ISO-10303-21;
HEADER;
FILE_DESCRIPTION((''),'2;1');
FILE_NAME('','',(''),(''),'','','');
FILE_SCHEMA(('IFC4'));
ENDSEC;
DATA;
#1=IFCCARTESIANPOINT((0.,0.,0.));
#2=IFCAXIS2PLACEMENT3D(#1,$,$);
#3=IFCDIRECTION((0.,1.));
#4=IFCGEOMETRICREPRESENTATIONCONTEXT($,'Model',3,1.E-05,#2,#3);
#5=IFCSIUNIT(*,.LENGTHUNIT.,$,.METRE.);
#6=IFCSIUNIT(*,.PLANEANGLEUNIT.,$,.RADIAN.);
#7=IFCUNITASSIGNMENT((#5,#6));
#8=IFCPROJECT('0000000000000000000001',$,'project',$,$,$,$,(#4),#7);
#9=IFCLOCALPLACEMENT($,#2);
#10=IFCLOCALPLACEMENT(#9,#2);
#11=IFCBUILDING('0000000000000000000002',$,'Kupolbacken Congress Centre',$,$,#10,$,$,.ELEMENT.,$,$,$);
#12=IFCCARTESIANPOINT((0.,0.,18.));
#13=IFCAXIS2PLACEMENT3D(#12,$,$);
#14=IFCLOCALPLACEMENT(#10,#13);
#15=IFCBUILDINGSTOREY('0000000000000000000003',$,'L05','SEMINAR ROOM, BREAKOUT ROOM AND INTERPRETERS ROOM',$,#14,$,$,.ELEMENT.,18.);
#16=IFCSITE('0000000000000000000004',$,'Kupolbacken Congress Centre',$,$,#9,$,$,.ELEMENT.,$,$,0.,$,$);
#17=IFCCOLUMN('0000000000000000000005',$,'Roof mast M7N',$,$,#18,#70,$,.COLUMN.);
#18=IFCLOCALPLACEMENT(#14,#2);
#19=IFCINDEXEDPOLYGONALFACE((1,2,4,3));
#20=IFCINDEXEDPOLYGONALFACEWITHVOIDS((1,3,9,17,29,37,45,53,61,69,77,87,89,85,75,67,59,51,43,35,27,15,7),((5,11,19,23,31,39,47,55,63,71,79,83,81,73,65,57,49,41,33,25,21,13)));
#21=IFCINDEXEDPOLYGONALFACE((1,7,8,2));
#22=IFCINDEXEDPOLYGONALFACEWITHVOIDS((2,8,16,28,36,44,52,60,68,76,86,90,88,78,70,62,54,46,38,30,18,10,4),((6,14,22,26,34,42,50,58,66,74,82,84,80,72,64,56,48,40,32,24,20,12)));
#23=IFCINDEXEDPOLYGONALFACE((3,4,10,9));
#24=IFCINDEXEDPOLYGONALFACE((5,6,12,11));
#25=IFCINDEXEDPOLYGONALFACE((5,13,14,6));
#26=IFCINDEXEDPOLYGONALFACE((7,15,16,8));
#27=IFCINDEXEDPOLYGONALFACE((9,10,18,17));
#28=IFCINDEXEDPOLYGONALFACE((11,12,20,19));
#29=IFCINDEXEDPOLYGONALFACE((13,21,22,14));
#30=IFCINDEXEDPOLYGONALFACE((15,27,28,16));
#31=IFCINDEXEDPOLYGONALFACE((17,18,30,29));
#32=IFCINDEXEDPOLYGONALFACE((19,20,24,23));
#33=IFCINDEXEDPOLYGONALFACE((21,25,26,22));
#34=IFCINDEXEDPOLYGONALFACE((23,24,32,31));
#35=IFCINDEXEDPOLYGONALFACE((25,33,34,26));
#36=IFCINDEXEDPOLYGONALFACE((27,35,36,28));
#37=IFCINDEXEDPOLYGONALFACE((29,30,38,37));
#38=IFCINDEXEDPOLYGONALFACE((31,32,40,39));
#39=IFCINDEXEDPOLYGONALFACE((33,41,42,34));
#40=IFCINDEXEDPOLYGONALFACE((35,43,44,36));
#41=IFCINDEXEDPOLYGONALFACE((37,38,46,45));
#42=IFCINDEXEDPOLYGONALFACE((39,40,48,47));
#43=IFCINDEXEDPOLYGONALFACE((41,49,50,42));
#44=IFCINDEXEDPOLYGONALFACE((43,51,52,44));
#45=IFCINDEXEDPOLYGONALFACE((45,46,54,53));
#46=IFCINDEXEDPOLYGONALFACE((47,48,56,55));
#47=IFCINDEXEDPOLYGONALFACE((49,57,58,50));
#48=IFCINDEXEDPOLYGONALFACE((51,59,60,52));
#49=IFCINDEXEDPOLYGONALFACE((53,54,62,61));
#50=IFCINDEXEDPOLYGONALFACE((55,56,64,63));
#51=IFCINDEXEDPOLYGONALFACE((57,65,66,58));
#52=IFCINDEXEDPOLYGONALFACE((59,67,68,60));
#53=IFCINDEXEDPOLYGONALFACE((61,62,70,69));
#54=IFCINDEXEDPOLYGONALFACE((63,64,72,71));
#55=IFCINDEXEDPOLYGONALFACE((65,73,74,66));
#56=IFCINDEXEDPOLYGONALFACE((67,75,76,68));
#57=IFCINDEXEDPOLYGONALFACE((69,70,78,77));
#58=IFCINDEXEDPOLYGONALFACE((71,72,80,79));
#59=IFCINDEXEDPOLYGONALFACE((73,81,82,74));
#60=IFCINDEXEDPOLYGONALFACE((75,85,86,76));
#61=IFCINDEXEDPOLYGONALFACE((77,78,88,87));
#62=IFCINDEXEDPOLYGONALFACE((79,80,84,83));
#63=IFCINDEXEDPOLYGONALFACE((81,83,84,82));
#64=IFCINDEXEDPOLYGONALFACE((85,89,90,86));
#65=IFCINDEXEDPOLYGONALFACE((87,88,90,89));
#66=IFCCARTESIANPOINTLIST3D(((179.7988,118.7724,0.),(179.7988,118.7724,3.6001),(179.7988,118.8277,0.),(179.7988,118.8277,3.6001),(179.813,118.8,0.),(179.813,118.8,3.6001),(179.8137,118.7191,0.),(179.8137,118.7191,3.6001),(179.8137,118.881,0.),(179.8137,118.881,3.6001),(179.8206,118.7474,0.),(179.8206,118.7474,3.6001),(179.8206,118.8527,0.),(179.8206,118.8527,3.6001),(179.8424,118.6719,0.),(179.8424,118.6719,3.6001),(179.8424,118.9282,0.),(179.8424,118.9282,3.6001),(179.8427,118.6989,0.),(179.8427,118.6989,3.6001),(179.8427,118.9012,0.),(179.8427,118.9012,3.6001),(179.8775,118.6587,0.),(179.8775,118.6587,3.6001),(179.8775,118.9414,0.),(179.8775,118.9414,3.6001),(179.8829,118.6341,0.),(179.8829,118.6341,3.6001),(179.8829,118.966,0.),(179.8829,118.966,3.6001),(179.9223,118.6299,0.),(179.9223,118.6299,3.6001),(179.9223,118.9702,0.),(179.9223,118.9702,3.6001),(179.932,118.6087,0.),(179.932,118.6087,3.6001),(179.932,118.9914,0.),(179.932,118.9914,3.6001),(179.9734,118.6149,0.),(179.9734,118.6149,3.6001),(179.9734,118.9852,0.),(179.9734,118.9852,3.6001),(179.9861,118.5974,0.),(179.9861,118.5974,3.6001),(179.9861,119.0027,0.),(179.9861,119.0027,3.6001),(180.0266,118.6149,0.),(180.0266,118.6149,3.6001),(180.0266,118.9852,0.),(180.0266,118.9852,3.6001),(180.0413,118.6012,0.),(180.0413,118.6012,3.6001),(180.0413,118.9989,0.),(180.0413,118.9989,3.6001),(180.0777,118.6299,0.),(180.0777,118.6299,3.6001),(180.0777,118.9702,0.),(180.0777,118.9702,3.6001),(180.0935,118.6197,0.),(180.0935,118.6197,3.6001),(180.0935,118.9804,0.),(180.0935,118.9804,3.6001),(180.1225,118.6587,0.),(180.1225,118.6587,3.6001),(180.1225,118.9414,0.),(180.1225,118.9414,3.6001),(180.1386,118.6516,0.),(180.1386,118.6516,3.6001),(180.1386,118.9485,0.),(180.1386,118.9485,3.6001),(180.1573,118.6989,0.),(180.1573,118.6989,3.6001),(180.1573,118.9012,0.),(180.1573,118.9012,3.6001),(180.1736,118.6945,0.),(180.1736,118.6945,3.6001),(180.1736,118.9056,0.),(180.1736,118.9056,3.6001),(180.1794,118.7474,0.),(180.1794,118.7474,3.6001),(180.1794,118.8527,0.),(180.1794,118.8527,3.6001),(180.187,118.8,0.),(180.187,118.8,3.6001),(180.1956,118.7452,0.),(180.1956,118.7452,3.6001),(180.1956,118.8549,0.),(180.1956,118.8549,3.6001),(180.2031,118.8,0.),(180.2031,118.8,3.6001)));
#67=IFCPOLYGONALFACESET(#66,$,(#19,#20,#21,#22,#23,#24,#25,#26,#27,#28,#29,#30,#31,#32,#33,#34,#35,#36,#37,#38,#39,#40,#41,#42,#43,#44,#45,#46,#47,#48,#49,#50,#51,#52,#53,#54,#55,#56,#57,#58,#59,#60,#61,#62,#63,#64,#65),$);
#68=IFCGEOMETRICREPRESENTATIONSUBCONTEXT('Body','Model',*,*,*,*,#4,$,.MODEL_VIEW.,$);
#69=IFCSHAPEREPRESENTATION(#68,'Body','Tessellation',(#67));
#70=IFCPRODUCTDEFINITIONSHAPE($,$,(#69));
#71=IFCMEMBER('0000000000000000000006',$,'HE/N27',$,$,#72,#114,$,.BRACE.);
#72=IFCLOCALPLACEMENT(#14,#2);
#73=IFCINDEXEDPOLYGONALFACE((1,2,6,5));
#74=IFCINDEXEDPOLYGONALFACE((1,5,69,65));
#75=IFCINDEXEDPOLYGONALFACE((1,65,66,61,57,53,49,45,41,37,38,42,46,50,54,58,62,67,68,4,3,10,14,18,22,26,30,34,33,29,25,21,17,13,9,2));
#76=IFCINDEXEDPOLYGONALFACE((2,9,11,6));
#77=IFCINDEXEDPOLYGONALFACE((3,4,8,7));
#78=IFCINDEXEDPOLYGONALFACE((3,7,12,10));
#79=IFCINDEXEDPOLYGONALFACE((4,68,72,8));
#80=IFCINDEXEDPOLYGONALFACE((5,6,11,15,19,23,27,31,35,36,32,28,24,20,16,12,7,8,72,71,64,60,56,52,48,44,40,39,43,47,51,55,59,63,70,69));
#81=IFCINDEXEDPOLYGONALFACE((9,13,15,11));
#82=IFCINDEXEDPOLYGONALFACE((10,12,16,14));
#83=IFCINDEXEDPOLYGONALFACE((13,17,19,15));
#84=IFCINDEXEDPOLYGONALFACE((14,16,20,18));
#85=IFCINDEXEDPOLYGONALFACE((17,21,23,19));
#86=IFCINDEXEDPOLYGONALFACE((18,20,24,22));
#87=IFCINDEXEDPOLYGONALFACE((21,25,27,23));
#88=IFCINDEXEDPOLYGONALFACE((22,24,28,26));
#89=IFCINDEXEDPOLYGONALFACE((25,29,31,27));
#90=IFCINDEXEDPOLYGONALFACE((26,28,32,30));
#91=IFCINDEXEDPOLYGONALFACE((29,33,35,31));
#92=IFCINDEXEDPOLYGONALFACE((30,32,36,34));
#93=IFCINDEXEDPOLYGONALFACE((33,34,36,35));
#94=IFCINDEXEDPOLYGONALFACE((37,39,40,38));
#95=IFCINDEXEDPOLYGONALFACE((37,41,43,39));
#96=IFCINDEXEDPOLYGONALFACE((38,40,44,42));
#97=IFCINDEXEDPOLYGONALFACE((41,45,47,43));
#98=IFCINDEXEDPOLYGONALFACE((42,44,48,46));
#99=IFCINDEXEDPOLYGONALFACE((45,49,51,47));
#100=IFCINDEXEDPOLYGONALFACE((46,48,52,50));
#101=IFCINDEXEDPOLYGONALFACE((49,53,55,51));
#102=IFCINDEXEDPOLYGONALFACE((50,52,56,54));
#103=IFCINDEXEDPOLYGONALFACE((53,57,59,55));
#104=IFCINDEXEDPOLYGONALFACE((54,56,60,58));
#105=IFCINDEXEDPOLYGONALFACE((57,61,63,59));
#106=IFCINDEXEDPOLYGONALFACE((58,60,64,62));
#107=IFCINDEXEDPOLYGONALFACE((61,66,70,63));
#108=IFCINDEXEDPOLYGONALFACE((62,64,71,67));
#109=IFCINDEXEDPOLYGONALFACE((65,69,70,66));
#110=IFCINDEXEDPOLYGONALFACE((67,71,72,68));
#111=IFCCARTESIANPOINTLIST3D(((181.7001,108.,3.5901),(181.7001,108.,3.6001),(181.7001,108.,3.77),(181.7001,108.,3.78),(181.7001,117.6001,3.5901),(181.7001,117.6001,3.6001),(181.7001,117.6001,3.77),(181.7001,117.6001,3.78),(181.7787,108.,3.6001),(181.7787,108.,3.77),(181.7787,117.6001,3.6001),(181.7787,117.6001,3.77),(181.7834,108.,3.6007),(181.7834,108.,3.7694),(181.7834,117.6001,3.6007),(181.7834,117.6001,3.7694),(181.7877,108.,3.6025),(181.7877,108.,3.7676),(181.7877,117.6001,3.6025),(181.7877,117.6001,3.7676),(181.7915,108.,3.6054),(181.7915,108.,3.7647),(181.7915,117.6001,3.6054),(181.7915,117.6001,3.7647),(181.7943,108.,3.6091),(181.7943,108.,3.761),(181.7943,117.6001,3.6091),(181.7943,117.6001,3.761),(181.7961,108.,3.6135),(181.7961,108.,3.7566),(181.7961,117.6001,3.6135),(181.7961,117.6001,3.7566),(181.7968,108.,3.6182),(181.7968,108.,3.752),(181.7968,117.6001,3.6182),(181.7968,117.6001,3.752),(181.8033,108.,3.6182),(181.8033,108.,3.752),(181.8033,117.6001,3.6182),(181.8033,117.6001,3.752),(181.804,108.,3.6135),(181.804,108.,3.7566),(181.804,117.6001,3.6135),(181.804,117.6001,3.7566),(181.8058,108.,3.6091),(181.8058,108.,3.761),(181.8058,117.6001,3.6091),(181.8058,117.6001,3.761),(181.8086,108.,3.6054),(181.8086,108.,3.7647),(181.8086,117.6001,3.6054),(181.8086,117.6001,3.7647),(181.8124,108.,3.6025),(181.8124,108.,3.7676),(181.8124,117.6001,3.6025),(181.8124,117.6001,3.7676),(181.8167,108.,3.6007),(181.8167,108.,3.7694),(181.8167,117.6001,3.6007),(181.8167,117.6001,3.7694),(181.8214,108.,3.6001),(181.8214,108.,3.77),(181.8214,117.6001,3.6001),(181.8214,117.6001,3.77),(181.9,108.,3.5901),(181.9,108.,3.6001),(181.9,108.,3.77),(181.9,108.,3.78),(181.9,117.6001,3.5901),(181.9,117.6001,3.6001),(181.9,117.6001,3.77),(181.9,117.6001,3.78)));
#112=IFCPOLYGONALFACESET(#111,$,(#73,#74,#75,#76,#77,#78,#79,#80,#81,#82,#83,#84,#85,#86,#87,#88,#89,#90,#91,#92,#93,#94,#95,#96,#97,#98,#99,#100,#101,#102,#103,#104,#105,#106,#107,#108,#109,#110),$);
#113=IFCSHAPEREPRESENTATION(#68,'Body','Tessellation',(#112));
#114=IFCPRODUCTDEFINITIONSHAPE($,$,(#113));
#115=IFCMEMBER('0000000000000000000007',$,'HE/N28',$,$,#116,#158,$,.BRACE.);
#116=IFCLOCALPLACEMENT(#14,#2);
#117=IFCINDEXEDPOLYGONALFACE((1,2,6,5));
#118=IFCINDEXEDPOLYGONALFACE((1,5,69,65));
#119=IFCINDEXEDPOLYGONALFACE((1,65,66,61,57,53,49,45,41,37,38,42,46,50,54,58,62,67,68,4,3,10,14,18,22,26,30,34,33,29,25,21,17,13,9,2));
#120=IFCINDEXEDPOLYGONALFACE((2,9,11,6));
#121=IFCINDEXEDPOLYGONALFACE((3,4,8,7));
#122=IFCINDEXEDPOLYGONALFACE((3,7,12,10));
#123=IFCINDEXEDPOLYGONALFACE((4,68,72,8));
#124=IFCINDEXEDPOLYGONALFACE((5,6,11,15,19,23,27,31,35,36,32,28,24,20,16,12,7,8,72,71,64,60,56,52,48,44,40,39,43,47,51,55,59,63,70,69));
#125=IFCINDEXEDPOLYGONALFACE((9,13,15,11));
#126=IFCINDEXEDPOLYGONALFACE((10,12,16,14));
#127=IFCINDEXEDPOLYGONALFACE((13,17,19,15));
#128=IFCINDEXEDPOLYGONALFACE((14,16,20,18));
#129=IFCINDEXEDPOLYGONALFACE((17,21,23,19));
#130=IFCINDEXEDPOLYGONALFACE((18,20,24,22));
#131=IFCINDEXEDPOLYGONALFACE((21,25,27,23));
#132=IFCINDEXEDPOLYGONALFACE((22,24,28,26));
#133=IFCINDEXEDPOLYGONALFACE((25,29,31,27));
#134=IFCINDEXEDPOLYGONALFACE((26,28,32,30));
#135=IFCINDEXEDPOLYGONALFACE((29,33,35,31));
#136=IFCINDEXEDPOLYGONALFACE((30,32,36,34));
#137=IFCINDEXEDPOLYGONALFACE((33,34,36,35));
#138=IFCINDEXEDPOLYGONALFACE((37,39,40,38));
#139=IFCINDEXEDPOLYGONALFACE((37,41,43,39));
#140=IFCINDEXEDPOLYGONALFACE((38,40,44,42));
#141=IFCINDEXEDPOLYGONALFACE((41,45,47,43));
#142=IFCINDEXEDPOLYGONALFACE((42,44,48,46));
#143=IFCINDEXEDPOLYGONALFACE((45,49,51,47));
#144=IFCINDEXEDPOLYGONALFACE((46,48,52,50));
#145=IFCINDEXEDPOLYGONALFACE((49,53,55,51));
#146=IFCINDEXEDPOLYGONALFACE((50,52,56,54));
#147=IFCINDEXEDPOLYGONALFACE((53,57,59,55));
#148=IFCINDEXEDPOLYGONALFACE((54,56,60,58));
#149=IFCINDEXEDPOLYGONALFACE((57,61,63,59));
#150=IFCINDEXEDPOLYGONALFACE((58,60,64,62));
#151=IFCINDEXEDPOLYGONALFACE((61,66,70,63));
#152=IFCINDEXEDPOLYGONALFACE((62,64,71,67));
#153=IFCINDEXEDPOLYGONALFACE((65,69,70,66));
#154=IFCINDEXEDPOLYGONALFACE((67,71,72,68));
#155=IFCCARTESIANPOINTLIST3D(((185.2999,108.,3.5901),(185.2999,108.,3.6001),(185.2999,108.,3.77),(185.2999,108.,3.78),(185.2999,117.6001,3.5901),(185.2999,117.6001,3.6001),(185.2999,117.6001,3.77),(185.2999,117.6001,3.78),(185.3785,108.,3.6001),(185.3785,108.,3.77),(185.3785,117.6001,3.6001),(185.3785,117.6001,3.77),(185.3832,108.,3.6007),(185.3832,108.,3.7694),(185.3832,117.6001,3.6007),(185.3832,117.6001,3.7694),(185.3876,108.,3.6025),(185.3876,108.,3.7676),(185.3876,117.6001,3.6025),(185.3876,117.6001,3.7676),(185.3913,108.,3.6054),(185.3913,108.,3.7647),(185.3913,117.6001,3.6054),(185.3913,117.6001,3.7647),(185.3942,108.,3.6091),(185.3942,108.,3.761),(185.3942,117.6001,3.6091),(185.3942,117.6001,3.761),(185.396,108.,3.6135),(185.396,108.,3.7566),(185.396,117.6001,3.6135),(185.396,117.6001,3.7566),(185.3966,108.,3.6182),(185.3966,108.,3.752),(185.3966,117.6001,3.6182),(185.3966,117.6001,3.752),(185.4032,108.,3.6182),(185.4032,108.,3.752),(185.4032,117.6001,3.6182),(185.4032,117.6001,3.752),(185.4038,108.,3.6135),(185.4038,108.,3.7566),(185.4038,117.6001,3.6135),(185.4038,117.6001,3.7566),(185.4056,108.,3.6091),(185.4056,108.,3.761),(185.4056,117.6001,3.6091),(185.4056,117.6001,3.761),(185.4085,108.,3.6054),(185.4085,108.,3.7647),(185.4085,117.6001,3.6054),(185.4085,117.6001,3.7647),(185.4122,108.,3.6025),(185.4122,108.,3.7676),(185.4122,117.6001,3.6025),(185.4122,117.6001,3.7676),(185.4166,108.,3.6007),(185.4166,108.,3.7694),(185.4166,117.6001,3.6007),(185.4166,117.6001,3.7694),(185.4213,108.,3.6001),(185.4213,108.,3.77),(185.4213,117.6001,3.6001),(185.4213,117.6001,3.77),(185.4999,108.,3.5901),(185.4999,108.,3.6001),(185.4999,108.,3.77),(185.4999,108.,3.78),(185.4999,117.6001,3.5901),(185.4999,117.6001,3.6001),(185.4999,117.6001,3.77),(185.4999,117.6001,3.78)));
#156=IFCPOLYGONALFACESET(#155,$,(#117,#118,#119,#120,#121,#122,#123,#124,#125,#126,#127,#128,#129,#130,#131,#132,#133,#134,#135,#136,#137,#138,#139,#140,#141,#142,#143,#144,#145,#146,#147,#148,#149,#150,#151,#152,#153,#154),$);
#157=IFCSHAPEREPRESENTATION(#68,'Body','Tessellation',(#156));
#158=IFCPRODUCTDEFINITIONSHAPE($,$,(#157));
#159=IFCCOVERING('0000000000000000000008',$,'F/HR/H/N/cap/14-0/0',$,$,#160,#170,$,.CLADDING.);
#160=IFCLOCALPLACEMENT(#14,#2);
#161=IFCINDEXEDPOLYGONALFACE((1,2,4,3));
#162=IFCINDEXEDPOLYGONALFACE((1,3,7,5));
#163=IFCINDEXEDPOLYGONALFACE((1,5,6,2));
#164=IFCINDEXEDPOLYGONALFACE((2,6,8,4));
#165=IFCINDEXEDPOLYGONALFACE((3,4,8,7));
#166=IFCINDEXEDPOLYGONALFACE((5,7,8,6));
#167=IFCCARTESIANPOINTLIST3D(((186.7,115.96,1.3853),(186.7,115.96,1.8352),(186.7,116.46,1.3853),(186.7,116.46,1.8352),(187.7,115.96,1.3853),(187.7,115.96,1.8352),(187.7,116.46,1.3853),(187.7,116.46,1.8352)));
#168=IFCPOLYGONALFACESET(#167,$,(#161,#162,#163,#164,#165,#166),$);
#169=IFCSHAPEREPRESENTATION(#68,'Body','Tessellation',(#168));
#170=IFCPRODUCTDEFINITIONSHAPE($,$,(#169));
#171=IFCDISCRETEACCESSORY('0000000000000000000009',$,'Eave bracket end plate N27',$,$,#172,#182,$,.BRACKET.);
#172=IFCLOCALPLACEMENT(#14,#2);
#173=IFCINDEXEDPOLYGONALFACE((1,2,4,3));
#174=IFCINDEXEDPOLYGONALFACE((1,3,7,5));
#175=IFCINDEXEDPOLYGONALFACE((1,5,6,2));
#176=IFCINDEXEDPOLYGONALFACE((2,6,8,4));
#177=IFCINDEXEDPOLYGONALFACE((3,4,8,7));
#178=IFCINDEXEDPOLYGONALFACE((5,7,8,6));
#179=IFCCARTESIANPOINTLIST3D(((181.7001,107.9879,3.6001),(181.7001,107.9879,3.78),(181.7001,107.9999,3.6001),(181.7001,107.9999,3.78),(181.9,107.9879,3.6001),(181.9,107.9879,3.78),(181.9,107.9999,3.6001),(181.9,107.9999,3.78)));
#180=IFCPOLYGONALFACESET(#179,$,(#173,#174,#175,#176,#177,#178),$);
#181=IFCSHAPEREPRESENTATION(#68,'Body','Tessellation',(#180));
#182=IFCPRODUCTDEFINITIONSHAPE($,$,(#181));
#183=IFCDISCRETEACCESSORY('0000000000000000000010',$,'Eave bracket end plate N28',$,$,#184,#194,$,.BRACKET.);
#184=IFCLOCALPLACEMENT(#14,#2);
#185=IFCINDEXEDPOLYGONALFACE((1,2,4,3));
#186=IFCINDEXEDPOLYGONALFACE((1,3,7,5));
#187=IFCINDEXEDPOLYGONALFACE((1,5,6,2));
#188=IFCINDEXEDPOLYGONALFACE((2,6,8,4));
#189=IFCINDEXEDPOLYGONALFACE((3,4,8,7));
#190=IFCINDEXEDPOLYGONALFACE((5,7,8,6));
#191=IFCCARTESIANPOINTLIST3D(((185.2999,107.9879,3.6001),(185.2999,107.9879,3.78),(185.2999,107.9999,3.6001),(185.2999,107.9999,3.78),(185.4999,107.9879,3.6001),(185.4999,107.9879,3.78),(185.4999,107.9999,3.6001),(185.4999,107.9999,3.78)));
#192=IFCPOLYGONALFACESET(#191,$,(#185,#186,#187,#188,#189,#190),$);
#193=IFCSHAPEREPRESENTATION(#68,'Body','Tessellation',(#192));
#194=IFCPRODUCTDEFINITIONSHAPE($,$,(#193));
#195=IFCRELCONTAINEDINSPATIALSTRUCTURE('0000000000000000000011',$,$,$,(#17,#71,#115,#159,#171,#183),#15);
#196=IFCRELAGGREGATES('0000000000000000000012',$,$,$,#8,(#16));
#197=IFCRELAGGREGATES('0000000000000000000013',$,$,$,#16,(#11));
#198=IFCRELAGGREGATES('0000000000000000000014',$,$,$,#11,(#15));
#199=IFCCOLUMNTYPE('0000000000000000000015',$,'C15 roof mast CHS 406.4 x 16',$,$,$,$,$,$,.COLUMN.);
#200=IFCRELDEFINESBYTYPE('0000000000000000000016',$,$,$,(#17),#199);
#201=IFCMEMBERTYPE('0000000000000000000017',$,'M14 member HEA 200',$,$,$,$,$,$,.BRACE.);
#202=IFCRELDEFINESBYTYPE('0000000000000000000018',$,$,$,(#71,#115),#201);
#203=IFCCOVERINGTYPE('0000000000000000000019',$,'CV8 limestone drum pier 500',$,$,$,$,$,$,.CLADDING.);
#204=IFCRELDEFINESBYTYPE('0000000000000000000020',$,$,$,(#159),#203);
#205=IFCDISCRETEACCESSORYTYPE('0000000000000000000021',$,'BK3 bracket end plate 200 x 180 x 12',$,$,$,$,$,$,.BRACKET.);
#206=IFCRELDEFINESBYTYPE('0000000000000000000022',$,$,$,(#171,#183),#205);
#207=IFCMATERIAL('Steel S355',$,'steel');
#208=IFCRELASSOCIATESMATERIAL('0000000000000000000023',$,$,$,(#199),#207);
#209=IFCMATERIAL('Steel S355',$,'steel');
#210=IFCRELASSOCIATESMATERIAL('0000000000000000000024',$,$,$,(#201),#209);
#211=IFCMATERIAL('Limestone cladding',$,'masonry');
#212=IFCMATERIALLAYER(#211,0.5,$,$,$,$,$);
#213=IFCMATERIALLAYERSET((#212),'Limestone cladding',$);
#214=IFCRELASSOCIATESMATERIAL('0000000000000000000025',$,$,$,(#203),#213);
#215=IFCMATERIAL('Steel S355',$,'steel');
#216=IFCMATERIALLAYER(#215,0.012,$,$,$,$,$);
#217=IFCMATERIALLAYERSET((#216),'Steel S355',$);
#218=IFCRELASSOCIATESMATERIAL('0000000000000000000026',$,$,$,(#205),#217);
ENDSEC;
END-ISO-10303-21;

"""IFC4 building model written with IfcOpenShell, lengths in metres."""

from ifc_helpers import new_model, si_unit, direction, frame, origin, origin_2d, place, context, subcontext, project, spatial, rectangle, hollow_circle, i_section, extrude, material, layer, layer_set, material_profile, profile_set, type_object, element, save


model = new_model("IFC4")

# Units and contexts
model_context = context("Model", 3, precision=1e-05, world=origin(), true_north=direction((0.0, 1.0)))
body_context = subcontext(model_context, "Body", "Model", "MODEL_VIEW")
ifc_project = project(units=[si_unit("LENGTHUNIT", "METRE"), si_unit("PLANEANGLEUNIT", "RADIAN")], contexts=[model_context])

# Site, building, storey
site_placement = place(None, origin())
site = spatial("IfcSite", under=ifc_project, at=site_placement, Name="Kupolbacken Congress Centre", CompositionType="ELEMENT", RefElevation=0.0)
building_placement = place(site_placement, origin())
building = spatial("IfcBuilding", under=site, at=building_placement, Name="Kupolbacken Congress Centre", CompositionType="ELEMENT")
storey_placement = place(building_placement, frame((0.0, 0.0, 18.0)))
storey = spatial("IfcBuildingStorey", under=building, at=storey_placement, Name="L05", Description="SEMINAR ROOM, BREAKOUT ROOM AND INTERPRETERS ROOM", CompositionType="ELEMENT", Elevation=18.0)

# Column
ifc_material_1 = material(Name="Steel S355", Category="steel")
ifc_material_profile_1 = material_profile(ifc_material_1, hollow_circle(Radius=0.2031, WallThickness=0.0161, at=origin_2d()), Name="CHS 406.4 x 16")
ifc_profile_set_1 = profile_set([ifc_material_profile_1], Name="Steel S355")
column_type = type_object("IfcColumnType", Name="C15 roof mast CHS 406.4 x 16", PredefinedType="COLUMN", material=ifc_profile_set_1)
column_placement = place(storey_placement, frame((180.0, 118.8, 0.0), z_axis=(0.0, 0.0, 1.0), x_axis=(1.0, 0.0, 0.0)))
element("IfcColumn", 1, at=column_placement, inside=storey, type_object=column_type, Name="Roof mast M7N", PredefinedType="COLUMN", context=body_context, shape_type="SweptSolid", body=[
    extrude(hollow_circle(Radius=0.2031, WallThickness=0.0161, at=origin_2d()), origin(), (0.0, 0.0, 1.0), 3.6001),
])

# Members
ifc_material_2 = material(Name="Steel S355", Category="steel")
ifc_material_profile_2 = material_profile(ifc_material_2, i_section(OverallWidth=0.2, OverallDepth=0.1899, WebThickness=0.0066, FlangeThickness=0.01, FilletRadius=0.0181, at=origin_2d()), Name="HEA 200")
ifc_profile_set_2 = profile_set([ifc_material_profile_2], Name="Steel S355")
member_type = type_object("IfcMemberType", Name="M14 member HEA 200", PredefinedType="BRACE", material=ifc_profile_set_2)
for number, where, z_axis, x_axis, name in (
    (2, (181.8, 108.0, 3.6851), (0.0, 1.0, 0.0), (-1.0, 0.0, 0.0), "HE/N27"),
    (3, (185.3999, 108.0, 3.6851), (0.0, 1.0, 0.0), (-1.0, 0.0, 0.0), "HE/N28"),
):
    element("IfcMember", number, at=place(storey_placement, frame(where, z_axis=z_axis, x_axis=x_axis)), inside=storey, type_object=member_type, Name=name, PredefinedType="BRACE", context=body_context, shape_type="SweptSolid", body=[
        extrude(i_section(OverallWidth=0.2, OverallDepth=0.1899, WebThickness=0.0066, FlangeThickness=0.01, FilletRadius=0.0181, at=origin_2d()), origin(), (0.0, 0.0, 1.0), 9.6001),
    ])

# Covering
ifc_material_3 = material(Name="Limestone cladding", Category="masonry")
ifc_layer_1 = layer(ifc_material_3, 0.5)
ifc_layer_set_1 = layer_set([ifc_layer_1], Name="Limestone cladding")
covering_type = type_object("IfcCoveringType", Name="CV8 limestone drum pier 500", PredefinedType="CLADDING", material=ifc_layer_set_1)
covering_placement = place(storey_placement, frame((187.2, 116.21, 1.3853), z_axis=(0.0, 0.0, 1.0), x_axis=(1.0, 0.0, 0.0)))
element("IfcCovering", 4, at=covering_placement, inside=storey, type_object=covering_type, Name="F/HR/H/N/cap/14-0/0", PredefinedType="CLADDING", context=body_context, shape_type="SweptSolid", body=[
    extrude(rectangle(XDim=1.0, YDim=0.5, at=origin_2d()), origin(), (0.0, 0.0, 1.0), 0.45),
])

# Discrete accessories
ifc_material_4 = material(Name="Steel S355", Category="steel")
ifc_layer_2 = layer(ifc_material_4, 0.012)
ifc_layer_set_2 = layer_set([ifc_layer_2], Name="Steel S355")
discrete_accessory_type = type_object("IfcDiscreteAccessoryType", Name="BK3 bracket end plate 200 x 180 x 12", PredefinedType="BRACKET", material=ifc_layer_set_2)
for number, where, z_axis, x_axis, name in (
    (5, (181.8, 107.9939, 3.6001), (0.0, 0.0, 1.0), (1.0, 0.0, 0.0), "Eave bracket end plate N27"),
    (6, (185.3999, 107.9939, 3.6001), (0.0, 0.0, 1.0), (1.0, 0.0, 0.0), "Eave bracket end plate N28"),
):
    element("IfcDiscreteAccessory", number, at=place(storey_placement, frame(where, z_axis=z_axis, x_axis=x_axis)), inside=storey, type_object=discrete_accessory_type, Name=name, PredefinedType="BRACKET", context=body_context, shape_type="SweptSolid", body=[
        extrude(rectangle(XDim=0.2, YDim=0.012, at=origin_2d()), origin(), (0.0, 0.0, 1.0), 0.1799),
    ])

save(model, "model.ifc")
